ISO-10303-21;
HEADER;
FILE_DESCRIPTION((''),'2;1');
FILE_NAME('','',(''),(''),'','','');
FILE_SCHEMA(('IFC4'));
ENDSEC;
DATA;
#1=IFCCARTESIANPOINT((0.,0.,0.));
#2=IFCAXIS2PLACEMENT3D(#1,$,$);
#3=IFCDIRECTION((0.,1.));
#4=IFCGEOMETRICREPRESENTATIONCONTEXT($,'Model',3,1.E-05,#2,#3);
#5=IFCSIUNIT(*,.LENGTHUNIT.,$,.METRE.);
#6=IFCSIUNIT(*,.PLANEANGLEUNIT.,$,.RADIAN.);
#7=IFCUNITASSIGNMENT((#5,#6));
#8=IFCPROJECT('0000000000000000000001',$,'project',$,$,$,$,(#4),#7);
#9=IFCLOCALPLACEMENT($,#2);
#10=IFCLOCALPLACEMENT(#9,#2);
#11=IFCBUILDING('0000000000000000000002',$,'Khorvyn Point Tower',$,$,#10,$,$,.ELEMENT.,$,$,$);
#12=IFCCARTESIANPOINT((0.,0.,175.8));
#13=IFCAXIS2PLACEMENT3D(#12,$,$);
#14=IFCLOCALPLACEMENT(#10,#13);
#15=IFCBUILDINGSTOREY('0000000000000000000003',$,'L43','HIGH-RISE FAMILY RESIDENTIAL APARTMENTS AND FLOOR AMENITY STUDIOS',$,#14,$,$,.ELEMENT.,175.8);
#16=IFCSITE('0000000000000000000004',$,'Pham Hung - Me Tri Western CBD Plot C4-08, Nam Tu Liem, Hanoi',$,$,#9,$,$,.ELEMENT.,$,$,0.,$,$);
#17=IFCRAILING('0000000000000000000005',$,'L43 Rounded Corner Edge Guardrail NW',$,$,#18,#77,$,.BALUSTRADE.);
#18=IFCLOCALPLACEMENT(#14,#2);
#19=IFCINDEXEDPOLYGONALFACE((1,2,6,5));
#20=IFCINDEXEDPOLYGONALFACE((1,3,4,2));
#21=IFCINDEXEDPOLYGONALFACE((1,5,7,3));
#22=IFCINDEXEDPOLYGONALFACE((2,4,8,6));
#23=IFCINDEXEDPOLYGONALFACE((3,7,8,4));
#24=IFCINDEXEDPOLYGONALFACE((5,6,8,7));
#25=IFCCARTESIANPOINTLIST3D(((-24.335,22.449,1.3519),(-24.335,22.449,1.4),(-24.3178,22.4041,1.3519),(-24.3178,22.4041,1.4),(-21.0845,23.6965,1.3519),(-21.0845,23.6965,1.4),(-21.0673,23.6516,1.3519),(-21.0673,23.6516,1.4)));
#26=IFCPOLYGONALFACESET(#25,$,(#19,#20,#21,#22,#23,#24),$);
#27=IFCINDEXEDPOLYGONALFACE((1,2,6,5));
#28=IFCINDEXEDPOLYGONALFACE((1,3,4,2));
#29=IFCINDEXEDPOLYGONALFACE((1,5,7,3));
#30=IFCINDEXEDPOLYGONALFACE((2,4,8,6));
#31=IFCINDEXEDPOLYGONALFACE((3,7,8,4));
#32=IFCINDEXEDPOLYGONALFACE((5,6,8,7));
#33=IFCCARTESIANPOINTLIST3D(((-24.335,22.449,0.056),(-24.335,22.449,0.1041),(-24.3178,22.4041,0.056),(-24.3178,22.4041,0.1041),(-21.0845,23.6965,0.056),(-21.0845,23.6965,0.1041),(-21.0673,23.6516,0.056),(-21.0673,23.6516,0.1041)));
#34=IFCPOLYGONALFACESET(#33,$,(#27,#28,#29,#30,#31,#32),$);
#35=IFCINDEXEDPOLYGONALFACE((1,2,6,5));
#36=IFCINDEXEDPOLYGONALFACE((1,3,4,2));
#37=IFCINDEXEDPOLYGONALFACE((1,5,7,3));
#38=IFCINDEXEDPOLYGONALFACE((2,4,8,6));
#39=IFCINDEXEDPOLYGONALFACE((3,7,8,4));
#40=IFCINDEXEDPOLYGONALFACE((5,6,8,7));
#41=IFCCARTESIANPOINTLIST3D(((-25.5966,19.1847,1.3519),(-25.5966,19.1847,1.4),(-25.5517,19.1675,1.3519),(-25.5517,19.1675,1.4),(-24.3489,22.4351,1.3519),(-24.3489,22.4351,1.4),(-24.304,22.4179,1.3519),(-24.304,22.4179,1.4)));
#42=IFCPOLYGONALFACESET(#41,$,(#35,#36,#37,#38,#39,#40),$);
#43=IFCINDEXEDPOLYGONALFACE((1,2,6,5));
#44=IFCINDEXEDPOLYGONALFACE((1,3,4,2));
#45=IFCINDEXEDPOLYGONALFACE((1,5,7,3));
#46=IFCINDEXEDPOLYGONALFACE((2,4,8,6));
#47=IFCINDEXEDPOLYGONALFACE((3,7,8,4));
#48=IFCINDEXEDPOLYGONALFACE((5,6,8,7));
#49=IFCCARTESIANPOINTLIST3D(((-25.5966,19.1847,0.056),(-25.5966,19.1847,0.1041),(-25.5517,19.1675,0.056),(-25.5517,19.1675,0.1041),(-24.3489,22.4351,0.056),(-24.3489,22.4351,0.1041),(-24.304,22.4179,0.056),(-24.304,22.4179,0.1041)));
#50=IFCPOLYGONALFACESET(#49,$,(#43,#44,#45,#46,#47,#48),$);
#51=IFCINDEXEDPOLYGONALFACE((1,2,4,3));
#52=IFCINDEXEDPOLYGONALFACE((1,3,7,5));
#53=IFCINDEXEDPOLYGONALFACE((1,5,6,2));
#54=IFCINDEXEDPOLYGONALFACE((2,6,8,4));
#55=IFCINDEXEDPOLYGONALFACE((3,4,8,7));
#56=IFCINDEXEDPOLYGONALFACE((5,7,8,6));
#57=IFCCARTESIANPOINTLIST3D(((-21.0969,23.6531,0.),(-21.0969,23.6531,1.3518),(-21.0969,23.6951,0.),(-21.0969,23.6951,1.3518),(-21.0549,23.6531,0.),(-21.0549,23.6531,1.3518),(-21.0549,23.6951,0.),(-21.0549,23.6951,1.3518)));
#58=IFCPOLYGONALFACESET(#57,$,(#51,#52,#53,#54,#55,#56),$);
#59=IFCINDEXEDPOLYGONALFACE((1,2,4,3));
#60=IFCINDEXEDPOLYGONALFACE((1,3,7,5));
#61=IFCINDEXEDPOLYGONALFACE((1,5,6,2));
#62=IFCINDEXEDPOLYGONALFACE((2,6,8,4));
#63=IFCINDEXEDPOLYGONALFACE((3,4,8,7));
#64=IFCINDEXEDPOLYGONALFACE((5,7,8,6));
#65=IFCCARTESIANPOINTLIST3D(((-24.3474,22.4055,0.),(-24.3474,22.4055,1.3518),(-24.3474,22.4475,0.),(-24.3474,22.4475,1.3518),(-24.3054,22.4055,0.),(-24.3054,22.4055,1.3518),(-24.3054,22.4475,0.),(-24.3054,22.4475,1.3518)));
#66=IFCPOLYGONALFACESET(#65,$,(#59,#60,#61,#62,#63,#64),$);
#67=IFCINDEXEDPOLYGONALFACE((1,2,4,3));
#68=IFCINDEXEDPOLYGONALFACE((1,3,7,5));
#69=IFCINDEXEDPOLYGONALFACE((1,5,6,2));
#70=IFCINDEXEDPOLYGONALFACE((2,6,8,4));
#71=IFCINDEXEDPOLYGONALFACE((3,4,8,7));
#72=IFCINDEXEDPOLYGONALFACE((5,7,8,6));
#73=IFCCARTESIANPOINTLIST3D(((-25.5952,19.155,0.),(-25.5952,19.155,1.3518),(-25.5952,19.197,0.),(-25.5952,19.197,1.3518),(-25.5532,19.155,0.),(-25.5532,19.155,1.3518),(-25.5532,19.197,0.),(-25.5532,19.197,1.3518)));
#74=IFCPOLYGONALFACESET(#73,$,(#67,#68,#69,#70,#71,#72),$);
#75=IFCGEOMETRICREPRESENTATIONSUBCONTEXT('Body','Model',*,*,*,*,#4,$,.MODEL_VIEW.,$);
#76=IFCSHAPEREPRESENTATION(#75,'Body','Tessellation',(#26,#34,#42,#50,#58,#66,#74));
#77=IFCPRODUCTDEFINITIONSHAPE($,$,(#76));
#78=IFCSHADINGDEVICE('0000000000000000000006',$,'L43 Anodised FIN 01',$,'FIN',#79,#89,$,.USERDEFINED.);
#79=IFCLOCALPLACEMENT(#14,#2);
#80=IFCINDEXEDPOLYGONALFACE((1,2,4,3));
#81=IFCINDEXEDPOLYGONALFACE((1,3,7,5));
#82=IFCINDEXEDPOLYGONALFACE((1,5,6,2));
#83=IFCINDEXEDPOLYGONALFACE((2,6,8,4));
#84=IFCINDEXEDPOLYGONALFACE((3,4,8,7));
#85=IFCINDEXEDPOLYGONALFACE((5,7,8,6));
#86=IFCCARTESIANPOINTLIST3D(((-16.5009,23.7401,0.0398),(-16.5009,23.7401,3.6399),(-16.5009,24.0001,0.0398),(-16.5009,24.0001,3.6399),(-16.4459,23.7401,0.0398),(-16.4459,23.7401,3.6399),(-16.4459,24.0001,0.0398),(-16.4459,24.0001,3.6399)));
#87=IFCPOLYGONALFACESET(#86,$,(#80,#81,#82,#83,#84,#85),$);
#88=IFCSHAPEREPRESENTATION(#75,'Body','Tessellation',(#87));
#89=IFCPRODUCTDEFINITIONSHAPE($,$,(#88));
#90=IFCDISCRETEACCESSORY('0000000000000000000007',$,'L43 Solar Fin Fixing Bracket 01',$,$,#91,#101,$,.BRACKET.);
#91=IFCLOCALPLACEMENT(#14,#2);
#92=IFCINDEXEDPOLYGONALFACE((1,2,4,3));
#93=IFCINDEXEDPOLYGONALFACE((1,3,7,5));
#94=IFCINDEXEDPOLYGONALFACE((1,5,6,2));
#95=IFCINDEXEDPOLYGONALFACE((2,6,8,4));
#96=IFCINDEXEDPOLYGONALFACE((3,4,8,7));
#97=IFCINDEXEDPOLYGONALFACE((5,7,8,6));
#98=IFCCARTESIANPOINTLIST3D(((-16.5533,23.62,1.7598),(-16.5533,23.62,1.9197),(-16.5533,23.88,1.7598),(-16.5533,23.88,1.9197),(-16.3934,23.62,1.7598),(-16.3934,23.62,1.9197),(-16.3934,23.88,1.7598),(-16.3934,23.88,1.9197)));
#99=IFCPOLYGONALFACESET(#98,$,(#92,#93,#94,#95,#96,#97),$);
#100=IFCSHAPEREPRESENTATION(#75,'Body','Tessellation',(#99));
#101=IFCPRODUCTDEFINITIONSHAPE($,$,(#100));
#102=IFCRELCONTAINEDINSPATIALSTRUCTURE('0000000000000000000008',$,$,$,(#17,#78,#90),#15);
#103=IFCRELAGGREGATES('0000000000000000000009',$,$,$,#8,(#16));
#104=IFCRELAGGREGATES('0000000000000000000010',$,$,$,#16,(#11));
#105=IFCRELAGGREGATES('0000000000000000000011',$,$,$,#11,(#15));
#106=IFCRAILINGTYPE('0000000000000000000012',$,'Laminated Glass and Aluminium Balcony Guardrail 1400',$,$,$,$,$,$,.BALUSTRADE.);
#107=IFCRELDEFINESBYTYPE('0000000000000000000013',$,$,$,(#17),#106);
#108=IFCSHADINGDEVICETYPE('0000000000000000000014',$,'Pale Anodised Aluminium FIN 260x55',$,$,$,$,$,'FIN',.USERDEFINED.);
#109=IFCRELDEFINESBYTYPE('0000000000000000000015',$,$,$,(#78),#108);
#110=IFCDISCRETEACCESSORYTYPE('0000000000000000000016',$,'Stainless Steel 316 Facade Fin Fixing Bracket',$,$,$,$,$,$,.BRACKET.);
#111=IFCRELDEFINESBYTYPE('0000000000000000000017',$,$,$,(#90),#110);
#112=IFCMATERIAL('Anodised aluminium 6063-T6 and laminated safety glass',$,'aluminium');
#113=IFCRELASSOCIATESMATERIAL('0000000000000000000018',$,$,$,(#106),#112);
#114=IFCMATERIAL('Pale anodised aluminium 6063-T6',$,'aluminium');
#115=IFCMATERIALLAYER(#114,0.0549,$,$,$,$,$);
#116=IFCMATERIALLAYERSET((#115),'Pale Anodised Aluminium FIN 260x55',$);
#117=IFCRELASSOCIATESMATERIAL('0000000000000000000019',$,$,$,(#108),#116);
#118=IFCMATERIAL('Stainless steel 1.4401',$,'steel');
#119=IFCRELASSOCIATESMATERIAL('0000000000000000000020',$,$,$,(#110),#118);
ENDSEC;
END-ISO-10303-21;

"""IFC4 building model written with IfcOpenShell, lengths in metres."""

from ifc_helpers import new_model, si_unit, direction, frame, origin, origin_2d, place, context, subcontext, project, spatial, rectangle, extrude, material, layer, layer_set, type_object, element, save


model = new_model("IFC4")

# Units and contexts
model_context = context("Model", 3, precision=1e-05, world=origin(), true_north=direction((0.0, 1.0)))
body_context = subcontext(model_context, "Body", "Model", "MODEL_VIEW")
ifc_project = project(units=[si_unit("LENGTHUNIT", "METRE"), si_unit("PLANEANGLEUNIT", "RADIAN")], contexts=[model_context])

# Site, building, storey
site_placement = place(None, origin())
site = spatial("IfcSite", under=ifc_project, at=site_placement, Name="Pham Hung - Me Tri Western CBD Plot C4-08, Nam Tu Liem, Hanoi", CompositionType="ELEMENT", RefElevation=0.0)
building_placement = place(site_placement, origin())
building = spatial("IfcBuilding", under=site, at=building_placement, Name="Khorvyn Point Tower", CompositionType="ELEMENT")
storey_placement = place(building_placement, frame((0.0, 0.0, 175.8)))
storey = spatial("IfcBuildingStorey", under=building, at=storey_placement, Name="L43", Description="HIGH-RISE FAMILY RESIDENTIAL APARTMENTS AND FLOOR AMENITY STUDIOS", CompositionType="ELEMENT", Elevation=175.8)

# Railing
ifc_material_1 = material(Name="Anodised aluminium 6063-T6 and laminated safety glass", Category="aluminium")
railing_type = type_object("IfcRailingType", Name="Laminated Glass and Aluminium Balcony Guardrail 1400", PredefinedType="BALUSTRADE", material=ifc_material_1)
railing_placement = place(storey_placement, frame((-21.0759, 23.6741, 0.0)))
element("IfcRailing", 1, at=railing_placement, inside=storey, type_object=railing_type, Name="L43 Rounded Corner Edge Guardrail NW", PredefinedType="BALUSTRADE", context=body_context, shape_type="SweptSolid", body=[
    extrude(rectangle(XDim=0.0481, YDim=0.0481, at=origin_2d()), frame((0.0, 0.0, 1.376), z_axis=(-0.933598, -0.358321, 0.0), x_axis=(0.358321, -0.933598, 0.0)), (0.0, 0.0, 1.0), 3.4817),
    extrude(rectangle(XDim=0.0481, YDim=0.0481, at=origin_2d()), frame((0.0, 0.0, 0.0801), z_axis=(-0.933598, -0.358321, 0.0), x_axis=(0.358321, -0.933598, 0.0)), (0.0, 0.0, 1.0), 3.4817),
    extrude(rectangle(XDim=0.0481, YDim=0.0481, at=origin_2d()), frame((-3.2505, -1.2476, 1.376), z_axis=(-0.358382, -0.933575, 0.0), x_axis=(0.933575, -0.358382, 0.0)), (0.0, 0.0, 1.0), 3.4817),
    extrude(rectangle(XDim=0.0481, YDim=0.0481, at=origin_2d()), frame((-3.2505, -1.2476, 0.0801), z_axis=(-0.358382, -0.933575, 0.0), x_axis=(0.933575, -0.358382, 0.0)), (0.0, 0.0, 1.0), 3.4817),
    extrude(rectangle(XDim=0.042, YDim=0.042, at=origin_2d()), origin(), (0.0, 0.0, 1.0), 1.3518),
    extrude(rectangle(XDim=0.042, YDim=0.042, at=origin_2d()), frame((-3.2505, -1.2476, 0.0)), (0.0, 0.0, 1.0), 1.3518),
    extrude(rectangle(XDim=0.042, YDim=0.042, at=origin_2d()), frame((-4.4983, -4.498, 0.0)), (0.0, 0.0, 1.0), 1.3518),
])

# Shading device
ifc_material_2 = material(Name="Pale anodised aluminium 6063-T6", Category="aluminium")
ifc_layer_1 = layer(ifc_material_2, 0.0549)
ifc_layer_set_1 = layer_set([ifc_layer_1], Name="Pale Anodised Aluminium FIN 260x55")
shading_device_type = type_object("IfcShadingDeviceType", Name="Pale Anodised Aluminium FIN 260x55", ElementType="FIN", PredefinedType="USERDEFINED", material=ifc_layer_set_1)
shading_device_placement = place(storey_placement, frame((-16.4734, 23.8701, 0.0398), z_axis=(0.0, 0.0, 1.0), x_axis=(0.0, 1.0, 0.0)))
element("IfcShadingDevice", 2, at=shading_device_placement, inside=storey, type_object=shading_device_type, Name="L43 Anodised FIN 01", ObjectType="FIN", PredefinedType="USERDEFINED", context=body_context, shape_type="SweptSolid", body=[
    extrude(rectangle(XDim=0.26, YDim=0.0549, at=origin_2d()), origin(), (0.0, 0.0, 1.0), 3.6001),
])

# Discrete accessory
ifc_material_3 = material(Name="Stainless steel 1.4401", Category="steel")
discrete_accessory_type = type_object("IfcDiscreteAccessoryType", Name="Stainless Steel 316 Facade Fin Fixing Bracket", PredefinedType="BRACKET", material=ifc_material_3)
discrete_accessory_placement = place(storey_placement, frame((-16.4734, 23.75, 1.7598), z_axis=(0.0, 0.0, 1.0), x_axis=(1.0, 0.0, 0.0)))
element("IfcDiscreteAccessory", 3, at=discrete_accessory_placement, inside=storey, type_object=discrete_accessory_type, Name="L43 Solar Fin Fixing Bracket 01", PredefinedType="BRACKET", context=body_context, shape_type="SweptSolid", body=[
    extrude(rectangle(XDim=0.1599, YDim=0.26, at=origin_2d()), origin(), (0.0, 0.0, 1.0), 0.1599),
])

save(model, "model.ifc")
